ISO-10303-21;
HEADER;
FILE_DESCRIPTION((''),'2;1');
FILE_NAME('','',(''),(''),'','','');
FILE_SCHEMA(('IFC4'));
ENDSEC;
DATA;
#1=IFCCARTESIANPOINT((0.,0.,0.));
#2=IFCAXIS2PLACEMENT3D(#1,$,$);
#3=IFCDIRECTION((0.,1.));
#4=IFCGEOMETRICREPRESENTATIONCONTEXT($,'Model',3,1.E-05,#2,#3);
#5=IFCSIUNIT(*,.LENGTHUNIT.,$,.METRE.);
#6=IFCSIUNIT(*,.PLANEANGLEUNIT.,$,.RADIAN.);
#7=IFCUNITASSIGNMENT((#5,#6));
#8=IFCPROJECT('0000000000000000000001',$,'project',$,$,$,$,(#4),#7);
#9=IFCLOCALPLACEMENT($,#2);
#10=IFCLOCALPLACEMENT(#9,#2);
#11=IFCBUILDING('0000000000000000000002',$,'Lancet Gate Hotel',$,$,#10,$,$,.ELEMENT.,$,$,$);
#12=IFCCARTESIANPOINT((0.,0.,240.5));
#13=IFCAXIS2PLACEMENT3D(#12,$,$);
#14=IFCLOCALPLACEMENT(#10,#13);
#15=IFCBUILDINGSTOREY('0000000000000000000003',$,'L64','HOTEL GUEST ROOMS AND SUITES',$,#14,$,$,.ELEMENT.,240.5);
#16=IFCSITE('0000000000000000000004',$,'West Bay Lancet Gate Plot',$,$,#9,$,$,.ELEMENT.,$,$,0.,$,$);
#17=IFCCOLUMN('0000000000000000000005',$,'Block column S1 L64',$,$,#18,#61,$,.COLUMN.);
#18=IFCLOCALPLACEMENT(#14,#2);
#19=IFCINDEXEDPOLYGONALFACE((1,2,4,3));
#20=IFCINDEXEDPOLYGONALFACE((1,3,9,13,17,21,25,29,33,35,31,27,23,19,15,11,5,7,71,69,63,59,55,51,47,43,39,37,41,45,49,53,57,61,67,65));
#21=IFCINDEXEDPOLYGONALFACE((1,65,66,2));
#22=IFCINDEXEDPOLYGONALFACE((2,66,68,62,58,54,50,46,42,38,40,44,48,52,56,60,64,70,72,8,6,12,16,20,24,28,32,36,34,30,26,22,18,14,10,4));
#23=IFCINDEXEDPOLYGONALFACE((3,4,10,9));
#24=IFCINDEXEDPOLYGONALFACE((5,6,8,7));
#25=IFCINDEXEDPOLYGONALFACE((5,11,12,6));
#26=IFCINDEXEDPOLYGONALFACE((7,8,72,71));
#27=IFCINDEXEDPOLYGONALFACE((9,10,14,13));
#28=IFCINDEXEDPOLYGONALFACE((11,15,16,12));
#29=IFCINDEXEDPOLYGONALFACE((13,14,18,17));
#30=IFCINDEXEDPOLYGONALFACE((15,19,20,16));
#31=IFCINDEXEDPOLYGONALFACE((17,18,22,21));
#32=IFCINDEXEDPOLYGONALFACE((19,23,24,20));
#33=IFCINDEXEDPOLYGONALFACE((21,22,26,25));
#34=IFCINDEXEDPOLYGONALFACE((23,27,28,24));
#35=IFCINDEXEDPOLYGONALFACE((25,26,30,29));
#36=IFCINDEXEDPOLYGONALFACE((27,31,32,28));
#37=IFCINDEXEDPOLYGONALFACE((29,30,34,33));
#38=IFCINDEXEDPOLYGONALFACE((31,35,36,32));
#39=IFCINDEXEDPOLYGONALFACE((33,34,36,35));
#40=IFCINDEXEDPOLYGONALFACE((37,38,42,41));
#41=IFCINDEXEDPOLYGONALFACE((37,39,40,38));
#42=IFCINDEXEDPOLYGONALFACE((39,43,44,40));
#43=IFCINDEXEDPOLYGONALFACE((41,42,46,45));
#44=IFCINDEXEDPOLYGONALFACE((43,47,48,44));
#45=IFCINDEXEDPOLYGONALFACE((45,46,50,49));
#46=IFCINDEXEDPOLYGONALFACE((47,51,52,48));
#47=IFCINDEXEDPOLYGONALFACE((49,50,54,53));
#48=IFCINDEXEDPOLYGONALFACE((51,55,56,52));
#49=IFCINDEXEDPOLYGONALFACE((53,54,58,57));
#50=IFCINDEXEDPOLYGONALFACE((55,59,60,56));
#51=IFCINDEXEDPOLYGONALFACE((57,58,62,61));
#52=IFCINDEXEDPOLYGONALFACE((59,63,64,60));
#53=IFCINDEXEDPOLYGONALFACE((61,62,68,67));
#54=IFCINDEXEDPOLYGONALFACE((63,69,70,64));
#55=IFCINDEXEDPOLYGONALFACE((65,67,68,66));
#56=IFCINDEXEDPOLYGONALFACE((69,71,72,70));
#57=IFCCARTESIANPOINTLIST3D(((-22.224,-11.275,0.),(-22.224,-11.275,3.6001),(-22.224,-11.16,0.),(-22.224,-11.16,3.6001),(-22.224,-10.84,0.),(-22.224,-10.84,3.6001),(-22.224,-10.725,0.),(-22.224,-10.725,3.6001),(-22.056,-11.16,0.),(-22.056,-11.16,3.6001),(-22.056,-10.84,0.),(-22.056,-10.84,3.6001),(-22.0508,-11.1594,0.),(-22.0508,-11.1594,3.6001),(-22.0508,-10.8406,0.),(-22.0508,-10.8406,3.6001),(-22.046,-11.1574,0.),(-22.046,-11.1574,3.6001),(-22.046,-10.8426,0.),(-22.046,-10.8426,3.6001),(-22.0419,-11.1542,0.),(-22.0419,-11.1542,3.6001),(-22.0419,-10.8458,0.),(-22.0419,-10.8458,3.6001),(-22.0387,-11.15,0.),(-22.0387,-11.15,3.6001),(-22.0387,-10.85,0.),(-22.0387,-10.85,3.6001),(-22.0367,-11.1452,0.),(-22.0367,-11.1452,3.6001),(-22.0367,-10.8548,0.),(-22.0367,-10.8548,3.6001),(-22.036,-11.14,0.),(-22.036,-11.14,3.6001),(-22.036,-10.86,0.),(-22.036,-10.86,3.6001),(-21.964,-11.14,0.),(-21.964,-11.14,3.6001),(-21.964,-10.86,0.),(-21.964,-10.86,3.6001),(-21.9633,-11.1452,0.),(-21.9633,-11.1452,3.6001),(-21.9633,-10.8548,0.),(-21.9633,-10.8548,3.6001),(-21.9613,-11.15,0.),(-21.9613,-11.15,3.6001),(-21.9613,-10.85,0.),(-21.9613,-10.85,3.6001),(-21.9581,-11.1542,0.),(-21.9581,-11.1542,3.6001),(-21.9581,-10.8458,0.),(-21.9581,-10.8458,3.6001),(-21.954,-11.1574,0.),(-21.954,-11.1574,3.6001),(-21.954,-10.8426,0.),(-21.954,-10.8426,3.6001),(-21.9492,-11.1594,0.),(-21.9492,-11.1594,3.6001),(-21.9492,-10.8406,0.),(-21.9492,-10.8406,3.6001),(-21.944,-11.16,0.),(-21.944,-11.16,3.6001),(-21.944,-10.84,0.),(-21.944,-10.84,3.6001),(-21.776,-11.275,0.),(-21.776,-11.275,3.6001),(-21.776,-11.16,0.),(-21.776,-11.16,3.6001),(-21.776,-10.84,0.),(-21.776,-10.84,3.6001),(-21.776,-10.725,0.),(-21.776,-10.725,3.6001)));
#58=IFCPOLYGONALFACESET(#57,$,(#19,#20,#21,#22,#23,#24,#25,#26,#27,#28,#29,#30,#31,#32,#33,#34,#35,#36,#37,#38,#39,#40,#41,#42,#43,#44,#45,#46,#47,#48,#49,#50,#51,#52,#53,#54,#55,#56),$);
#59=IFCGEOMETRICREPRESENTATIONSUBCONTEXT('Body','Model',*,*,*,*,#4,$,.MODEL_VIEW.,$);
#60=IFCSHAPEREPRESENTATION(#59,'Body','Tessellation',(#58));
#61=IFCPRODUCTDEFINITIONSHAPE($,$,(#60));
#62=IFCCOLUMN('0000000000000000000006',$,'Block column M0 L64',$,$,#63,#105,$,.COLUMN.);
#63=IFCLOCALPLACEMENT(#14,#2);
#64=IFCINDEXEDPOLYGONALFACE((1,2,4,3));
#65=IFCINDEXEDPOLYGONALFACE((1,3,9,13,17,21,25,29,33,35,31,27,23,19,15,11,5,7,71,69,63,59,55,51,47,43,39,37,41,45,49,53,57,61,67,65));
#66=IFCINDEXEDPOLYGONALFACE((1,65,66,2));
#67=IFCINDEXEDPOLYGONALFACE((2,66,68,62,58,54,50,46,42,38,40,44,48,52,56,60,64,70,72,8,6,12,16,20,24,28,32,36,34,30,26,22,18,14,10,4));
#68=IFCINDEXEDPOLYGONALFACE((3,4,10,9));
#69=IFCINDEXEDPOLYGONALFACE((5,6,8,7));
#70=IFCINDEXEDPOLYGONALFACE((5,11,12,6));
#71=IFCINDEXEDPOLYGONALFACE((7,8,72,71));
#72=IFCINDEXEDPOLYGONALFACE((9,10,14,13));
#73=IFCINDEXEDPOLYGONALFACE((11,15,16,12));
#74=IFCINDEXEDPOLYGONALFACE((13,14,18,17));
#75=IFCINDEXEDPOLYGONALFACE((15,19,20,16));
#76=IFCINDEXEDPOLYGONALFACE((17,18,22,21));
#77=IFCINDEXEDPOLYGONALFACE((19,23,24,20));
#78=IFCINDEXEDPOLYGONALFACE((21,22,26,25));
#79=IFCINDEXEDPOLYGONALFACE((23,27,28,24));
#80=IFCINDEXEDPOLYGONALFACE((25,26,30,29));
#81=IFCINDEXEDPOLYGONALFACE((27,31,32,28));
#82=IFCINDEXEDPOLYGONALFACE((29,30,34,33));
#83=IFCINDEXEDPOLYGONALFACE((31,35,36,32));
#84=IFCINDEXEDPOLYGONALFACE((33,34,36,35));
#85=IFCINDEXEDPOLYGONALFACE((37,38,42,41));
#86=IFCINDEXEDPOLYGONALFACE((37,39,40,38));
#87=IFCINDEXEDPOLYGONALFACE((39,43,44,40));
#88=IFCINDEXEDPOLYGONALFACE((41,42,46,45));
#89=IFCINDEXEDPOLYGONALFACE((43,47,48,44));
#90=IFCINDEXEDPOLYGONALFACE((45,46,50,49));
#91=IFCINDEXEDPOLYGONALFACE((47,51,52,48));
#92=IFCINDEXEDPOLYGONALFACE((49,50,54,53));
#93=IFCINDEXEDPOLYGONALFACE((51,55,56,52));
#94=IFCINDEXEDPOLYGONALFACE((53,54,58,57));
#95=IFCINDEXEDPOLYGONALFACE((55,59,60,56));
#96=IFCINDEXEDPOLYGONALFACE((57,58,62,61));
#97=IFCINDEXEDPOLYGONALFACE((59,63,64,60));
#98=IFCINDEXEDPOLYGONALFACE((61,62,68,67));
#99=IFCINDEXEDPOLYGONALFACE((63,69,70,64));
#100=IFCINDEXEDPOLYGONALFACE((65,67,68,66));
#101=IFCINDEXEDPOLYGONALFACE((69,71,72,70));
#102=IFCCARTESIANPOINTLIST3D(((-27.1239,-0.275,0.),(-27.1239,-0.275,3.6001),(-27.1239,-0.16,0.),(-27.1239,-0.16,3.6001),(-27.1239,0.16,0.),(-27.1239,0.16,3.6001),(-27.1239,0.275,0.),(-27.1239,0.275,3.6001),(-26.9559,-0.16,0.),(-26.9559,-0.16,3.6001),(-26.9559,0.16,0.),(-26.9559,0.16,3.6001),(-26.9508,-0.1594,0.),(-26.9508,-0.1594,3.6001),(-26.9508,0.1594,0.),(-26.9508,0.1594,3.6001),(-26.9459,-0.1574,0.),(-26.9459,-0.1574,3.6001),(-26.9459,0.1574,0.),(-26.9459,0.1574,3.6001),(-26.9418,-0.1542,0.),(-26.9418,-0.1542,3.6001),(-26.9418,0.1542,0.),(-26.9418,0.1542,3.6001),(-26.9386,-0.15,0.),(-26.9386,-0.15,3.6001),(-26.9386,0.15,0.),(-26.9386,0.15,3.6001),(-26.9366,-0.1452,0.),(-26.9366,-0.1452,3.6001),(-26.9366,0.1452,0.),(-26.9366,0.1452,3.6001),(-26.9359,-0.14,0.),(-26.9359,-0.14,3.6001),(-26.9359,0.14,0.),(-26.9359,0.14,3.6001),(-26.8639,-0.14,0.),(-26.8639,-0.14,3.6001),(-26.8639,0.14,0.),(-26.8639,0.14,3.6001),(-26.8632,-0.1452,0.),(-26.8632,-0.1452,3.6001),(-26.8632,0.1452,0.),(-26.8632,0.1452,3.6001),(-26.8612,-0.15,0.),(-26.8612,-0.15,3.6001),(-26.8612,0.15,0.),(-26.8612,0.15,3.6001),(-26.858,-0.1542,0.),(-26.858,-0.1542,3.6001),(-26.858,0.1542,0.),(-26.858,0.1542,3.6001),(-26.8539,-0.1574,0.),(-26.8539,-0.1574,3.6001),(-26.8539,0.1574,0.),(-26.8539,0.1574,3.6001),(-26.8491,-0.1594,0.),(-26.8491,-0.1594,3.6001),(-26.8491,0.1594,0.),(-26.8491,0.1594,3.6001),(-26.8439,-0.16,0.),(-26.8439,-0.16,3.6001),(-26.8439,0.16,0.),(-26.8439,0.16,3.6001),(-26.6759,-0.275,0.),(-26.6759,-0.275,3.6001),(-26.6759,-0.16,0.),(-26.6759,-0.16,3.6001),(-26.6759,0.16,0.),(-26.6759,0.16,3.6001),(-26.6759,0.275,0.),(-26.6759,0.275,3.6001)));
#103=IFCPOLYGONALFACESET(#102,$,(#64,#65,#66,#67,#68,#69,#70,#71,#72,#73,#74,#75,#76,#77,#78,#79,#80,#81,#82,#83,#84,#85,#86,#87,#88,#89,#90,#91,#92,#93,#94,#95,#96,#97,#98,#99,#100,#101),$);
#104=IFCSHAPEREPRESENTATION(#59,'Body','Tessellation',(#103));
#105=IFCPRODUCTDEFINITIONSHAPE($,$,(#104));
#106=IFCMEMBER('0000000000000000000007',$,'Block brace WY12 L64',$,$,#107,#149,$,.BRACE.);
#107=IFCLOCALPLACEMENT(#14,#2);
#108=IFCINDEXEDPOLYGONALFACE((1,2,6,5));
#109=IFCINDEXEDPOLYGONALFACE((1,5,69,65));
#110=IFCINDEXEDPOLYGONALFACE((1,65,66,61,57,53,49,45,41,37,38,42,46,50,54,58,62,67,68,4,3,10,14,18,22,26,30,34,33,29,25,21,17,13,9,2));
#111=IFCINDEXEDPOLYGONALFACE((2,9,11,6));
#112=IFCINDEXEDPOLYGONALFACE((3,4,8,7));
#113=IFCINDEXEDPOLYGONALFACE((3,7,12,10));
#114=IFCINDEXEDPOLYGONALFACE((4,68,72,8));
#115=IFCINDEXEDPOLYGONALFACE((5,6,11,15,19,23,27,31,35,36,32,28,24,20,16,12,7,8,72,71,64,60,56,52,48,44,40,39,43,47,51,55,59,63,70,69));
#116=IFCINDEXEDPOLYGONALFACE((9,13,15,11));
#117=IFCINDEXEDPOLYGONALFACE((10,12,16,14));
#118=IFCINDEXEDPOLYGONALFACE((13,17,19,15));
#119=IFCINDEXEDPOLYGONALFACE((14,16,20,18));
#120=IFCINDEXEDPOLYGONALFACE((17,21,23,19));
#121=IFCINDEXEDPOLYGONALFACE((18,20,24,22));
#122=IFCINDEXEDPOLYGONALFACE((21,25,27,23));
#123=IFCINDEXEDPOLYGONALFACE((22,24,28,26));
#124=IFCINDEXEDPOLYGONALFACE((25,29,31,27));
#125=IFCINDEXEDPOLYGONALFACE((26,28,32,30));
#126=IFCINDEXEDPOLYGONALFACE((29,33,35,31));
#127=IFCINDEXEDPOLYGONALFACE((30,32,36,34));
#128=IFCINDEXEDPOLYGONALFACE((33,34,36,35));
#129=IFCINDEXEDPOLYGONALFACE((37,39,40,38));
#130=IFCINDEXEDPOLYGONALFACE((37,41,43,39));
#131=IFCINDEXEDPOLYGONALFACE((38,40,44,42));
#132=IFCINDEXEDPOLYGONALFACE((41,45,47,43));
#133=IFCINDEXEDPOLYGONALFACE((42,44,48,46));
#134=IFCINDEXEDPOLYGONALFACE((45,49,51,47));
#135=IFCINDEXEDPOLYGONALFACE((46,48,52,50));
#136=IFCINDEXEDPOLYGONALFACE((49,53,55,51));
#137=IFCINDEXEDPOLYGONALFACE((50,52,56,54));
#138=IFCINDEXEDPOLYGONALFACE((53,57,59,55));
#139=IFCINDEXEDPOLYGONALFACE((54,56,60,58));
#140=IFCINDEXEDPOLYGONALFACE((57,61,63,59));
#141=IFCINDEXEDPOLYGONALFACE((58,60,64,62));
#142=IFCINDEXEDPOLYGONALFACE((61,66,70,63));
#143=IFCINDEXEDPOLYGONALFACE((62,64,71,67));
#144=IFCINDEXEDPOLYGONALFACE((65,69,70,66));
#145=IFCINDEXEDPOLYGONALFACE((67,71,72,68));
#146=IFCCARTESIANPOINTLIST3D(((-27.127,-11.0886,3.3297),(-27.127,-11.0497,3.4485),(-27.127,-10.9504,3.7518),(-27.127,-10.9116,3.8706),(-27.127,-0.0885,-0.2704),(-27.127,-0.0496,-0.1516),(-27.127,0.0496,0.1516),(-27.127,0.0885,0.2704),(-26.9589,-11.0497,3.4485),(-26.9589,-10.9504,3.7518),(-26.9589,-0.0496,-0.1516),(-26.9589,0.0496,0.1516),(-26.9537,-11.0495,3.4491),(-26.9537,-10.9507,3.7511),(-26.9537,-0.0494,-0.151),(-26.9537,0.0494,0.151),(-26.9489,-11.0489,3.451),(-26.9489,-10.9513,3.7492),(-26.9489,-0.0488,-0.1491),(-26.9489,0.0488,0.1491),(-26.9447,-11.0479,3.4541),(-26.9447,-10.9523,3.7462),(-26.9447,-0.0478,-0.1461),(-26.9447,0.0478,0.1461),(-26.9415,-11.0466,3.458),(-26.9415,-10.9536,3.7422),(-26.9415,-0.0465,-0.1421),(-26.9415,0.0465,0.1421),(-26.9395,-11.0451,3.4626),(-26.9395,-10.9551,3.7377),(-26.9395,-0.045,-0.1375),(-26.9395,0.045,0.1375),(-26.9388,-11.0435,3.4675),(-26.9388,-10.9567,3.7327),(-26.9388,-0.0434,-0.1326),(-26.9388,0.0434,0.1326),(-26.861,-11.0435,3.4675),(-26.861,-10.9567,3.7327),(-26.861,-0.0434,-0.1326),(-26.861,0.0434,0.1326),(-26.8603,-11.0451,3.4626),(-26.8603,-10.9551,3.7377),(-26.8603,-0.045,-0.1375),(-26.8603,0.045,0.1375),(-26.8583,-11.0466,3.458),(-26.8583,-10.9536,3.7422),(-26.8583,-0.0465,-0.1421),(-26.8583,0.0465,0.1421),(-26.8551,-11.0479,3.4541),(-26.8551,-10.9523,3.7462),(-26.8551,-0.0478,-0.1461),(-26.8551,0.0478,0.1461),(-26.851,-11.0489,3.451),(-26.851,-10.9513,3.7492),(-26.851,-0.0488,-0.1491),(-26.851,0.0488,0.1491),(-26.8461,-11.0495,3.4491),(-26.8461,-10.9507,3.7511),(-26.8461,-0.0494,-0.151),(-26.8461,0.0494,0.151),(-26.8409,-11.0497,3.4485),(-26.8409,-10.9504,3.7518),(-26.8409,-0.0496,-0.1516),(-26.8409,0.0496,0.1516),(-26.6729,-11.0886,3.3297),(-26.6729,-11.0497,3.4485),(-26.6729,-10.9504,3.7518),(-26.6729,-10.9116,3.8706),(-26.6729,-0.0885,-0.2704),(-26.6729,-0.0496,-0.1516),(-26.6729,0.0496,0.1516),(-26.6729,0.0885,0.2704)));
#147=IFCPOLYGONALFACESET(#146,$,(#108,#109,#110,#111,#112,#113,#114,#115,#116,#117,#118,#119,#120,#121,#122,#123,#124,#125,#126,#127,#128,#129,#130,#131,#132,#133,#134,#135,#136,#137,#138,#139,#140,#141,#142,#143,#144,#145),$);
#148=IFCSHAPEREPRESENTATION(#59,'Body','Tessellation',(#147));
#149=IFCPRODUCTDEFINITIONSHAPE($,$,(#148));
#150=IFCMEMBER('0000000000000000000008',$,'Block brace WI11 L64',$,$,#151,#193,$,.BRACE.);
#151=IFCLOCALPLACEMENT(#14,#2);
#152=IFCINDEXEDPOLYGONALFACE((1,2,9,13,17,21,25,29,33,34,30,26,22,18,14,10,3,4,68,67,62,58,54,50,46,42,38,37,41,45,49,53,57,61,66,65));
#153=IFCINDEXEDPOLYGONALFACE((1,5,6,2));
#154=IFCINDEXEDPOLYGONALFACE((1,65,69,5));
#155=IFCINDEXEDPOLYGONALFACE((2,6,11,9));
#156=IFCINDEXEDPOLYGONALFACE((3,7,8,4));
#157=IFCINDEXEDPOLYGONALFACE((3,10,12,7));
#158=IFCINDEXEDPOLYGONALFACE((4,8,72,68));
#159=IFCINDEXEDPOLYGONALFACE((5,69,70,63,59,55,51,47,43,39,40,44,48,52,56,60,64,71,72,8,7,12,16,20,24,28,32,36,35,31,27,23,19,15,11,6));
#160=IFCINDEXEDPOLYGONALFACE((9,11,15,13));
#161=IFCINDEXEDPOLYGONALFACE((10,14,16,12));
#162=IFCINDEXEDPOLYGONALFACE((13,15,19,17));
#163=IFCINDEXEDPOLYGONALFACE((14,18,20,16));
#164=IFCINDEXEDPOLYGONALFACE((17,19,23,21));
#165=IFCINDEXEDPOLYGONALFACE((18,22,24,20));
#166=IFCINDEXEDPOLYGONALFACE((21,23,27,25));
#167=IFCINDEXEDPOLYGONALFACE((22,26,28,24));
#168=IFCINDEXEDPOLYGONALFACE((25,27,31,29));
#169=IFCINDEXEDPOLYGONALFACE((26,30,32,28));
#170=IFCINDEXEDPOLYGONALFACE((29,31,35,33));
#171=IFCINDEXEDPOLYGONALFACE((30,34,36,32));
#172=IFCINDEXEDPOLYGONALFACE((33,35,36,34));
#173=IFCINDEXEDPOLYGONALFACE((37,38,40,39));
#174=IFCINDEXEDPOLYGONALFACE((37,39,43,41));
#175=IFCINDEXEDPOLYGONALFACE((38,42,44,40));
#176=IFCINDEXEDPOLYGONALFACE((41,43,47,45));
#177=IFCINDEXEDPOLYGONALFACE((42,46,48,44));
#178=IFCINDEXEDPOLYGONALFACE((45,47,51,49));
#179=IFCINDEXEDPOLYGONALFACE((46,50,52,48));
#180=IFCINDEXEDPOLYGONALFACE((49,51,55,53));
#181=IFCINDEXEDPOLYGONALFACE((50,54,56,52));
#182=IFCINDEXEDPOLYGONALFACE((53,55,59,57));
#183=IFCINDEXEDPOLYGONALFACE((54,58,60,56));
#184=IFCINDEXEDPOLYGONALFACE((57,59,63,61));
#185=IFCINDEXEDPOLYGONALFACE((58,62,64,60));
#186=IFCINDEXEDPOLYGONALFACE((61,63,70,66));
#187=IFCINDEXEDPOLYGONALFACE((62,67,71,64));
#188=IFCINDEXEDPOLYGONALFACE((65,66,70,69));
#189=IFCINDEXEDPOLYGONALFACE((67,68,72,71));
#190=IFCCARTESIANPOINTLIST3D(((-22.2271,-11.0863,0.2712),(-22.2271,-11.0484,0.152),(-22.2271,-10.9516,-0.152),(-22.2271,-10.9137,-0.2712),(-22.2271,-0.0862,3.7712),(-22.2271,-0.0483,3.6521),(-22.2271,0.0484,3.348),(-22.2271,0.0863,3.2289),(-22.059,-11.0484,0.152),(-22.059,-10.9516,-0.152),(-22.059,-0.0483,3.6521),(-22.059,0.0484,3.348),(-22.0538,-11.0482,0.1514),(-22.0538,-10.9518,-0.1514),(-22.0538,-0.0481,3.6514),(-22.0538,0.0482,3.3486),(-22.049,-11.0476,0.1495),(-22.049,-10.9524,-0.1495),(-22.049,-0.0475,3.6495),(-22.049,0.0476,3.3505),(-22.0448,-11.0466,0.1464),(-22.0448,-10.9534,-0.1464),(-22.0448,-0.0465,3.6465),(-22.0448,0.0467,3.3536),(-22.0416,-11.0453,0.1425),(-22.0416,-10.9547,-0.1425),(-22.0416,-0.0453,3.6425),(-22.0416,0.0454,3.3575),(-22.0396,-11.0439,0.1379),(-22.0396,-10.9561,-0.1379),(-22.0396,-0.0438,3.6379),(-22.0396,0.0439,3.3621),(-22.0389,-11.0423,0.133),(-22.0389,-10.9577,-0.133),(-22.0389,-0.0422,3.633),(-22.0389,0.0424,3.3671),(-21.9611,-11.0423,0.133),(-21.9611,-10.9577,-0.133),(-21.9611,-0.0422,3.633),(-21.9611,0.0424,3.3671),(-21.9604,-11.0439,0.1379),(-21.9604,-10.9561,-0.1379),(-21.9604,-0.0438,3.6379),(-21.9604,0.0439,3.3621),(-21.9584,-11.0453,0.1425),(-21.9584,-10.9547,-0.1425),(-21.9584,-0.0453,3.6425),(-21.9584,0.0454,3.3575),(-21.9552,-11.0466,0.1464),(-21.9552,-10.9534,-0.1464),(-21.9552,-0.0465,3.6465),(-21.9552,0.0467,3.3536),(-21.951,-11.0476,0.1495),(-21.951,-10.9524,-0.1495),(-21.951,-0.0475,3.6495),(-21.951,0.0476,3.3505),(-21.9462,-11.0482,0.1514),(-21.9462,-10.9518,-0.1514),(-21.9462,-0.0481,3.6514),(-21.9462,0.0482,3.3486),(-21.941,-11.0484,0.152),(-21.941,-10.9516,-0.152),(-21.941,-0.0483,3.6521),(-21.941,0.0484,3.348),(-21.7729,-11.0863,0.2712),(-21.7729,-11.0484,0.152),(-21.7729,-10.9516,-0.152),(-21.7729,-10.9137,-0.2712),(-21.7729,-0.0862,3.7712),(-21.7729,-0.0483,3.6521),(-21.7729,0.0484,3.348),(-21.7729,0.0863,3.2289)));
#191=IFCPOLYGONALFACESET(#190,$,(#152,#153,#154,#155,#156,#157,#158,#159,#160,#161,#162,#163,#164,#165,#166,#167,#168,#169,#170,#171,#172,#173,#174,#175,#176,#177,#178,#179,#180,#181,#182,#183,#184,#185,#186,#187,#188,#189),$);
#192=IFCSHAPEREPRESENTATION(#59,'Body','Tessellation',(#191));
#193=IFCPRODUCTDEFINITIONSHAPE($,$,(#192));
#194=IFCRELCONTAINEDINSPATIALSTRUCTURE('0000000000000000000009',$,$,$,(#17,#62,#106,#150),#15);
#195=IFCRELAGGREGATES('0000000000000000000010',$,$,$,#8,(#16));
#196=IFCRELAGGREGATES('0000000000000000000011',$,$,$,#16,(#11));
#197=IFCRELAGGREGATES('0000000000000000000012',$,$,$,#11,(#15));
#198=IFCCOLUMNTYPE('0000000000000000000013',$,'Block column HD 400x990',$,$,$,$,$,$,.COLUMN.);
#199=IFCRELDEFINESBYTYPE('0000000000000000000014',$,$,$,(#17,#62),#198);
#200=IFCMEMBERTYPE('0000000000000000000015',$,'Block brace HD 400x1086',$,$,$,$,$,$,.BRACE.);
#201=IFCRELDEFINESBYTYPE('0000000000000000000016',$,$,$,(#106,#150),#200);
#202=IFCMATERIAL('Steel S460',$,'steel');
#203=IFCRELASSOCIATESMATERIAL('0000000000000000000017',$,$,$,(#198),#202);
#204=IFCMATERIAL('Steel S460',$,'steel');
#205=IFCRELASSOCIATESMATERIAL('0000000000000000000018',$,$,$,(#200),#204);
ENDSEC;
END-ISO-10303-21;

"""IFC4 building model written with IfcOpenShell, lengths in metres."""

from ifc_helpers import new_model, si_unit, direction, frame, origin, origin_2d, place, context, subcontext, project, spatial, i_section, extrude, material, material_profile, profile_set, type_object, element, save


model = new_model("IFC4")

# Units and contexts
model_context = context("Model", 3, precision=1e-05, world=origin(), true_north=direction((0.0, 1.0)))
body_context = subcontext(model_context, "Body", "Model", "MODEL_VIEW")
ifc_project = project(units=[si_unit("LENGTHUNIT", "METRE"), si_unit("PLANEANGLEUNIT", "RADIAN")], contexts=[model_context])

# Site, building, storey
site_placement = place(None, origin())
site = spatial("IfcSite", under=ifc_project, at=site_placement, Name="West Bay Lancet Gate Plot", CompositionType="ELEMENT", RefElevation=0.0)
building_placement = place(site_placement, origin())
building = spatial("IfcBuilding", under=site, at=building_placement, Name="Lancet Gate Hotel", CompositionType="ELEMENT")
storey_placement = place(building_placement, frame((0.0, 0.0, 240.5)))
storey = spatial("IfcBuildingStorey", under=building, at=storey_placement, Name="L64", Description="HOTEL GUEST ROOMS AND SUITES", CompositionType="ELEMENT", Elevation=240.5)

# Columns
ifc_material_1 = material(Name="Steel S460", Category="steel")
ifc_material_profile_1 = material_profile(ifc_material_1, i_section(OverallWidth=0.448, OverallDepth=0.55, WebThickness=0.072, FlangeThickness=0.115, FilletRadius=0.02, at=origin_2d()), Name="HD 400x990")
ifc_profile_set_1 = profile_set([ifc_material_profile_1], Name="Steel S460")
column_type = type_object("IfcColumnType", Name="Block column HD 400x990", PredefinedType="COLUMN", material=ifc_profile_set_1)
for number, where, z_axis, x_axis, name in (
    (1, (-22.0, -11.0, 0.0), (0.0, 0.0, 1.0), (1.0, 0.0, 0.0), "Block column S1 L64"),
    (2, (-26.8999, 0.0, 0.0), (0.0, 0.0, 1.0), (1.0, 0.0, 0.0), "Block column M0 L64"),
):
    element("IfcColumn", number, at=place(storey_placement, frame(where, z_axis=z_axis, x_axis=x_axis)), inside=storey, type_object=column_type, Name=name, PredefinedType="COLUMN", context=body_context, shape_type="SweptSolid", body=[
        extrude(i_section(OverallWidth=0.448, OverallDepth=0.55, WebThickness=0.072, FlangeThickness=0.115, FilletRadius=0.02, at=origin_2d()), origin(), (0.0, 0.0, 1.0), 3.6001),
    ])

# Members
ifc_material_2 = material(Name="Steel S460", Category="steel")
ifc_material_profile_2 = material_profile(ifc_material_2, i_section(OverallWidth=0.4541, OverallDepth=0.5691, WebThickness=0.0779, FlangeThickness=0.125, FilletRadius=0.02, at=origin_2d()), Name="HD 400x1086")
ifc_profile_set_2 = profile_set([ifc_material_profile_2], Name="Steel S460")
member_type = type_object("IfcMemberType", Name="Block brace HD 400x1086", PredefinedType="BRACE", material=ifc_profile_set_2)
member_1_placement = place(storey_placement, frame((-26.8999, 0.0, 0.0), z_axis=(0.0, -0.950395, 0.311047), x_axis=(1.0, 0.0, 0.0)))
element("IfcMember", 3, at=member_1_placement, inside=storey, type_object=member_type, Name="Block brace WY12 L64", PredefinedType="BRACE", context=body_context, shape_type="SweptSolid", body=[
    extrude(i_section(OverallWidth=0.4541, OverallDepth=0.5691, WebThickness=0.0779, FlangeThickness=0.125, FilletRadius=0.02, at=origin_2d()), origin(), (0.0, 0.0, 1.0), 11.5742),
])
member_2_placement = place(storey_placement, frame((-22.0, -11.0, 0.0), z_axis=(0.0, 0.952926, 0.303204), x_axis=(-1.0, 0.0, 0.0)))
element("IfcMember", 4, at=member_2_placement, inside=storey, type_object=member_type, Name="Block brace WI11 L64", PredefinedType="BRACE", context=body_context, shape_type="SweptSolid", body=[
    extrude(i_section(OverallWidth=0.4541, OverallDepth=0.5691, WebThickness=0.0779, FlangeThickness=0.125, FilletRadius=0.02, at=origin_2d()), origin(), (0.0, 0.0, 1.0), 11.5435),
])

save(model, "model.ifc")
